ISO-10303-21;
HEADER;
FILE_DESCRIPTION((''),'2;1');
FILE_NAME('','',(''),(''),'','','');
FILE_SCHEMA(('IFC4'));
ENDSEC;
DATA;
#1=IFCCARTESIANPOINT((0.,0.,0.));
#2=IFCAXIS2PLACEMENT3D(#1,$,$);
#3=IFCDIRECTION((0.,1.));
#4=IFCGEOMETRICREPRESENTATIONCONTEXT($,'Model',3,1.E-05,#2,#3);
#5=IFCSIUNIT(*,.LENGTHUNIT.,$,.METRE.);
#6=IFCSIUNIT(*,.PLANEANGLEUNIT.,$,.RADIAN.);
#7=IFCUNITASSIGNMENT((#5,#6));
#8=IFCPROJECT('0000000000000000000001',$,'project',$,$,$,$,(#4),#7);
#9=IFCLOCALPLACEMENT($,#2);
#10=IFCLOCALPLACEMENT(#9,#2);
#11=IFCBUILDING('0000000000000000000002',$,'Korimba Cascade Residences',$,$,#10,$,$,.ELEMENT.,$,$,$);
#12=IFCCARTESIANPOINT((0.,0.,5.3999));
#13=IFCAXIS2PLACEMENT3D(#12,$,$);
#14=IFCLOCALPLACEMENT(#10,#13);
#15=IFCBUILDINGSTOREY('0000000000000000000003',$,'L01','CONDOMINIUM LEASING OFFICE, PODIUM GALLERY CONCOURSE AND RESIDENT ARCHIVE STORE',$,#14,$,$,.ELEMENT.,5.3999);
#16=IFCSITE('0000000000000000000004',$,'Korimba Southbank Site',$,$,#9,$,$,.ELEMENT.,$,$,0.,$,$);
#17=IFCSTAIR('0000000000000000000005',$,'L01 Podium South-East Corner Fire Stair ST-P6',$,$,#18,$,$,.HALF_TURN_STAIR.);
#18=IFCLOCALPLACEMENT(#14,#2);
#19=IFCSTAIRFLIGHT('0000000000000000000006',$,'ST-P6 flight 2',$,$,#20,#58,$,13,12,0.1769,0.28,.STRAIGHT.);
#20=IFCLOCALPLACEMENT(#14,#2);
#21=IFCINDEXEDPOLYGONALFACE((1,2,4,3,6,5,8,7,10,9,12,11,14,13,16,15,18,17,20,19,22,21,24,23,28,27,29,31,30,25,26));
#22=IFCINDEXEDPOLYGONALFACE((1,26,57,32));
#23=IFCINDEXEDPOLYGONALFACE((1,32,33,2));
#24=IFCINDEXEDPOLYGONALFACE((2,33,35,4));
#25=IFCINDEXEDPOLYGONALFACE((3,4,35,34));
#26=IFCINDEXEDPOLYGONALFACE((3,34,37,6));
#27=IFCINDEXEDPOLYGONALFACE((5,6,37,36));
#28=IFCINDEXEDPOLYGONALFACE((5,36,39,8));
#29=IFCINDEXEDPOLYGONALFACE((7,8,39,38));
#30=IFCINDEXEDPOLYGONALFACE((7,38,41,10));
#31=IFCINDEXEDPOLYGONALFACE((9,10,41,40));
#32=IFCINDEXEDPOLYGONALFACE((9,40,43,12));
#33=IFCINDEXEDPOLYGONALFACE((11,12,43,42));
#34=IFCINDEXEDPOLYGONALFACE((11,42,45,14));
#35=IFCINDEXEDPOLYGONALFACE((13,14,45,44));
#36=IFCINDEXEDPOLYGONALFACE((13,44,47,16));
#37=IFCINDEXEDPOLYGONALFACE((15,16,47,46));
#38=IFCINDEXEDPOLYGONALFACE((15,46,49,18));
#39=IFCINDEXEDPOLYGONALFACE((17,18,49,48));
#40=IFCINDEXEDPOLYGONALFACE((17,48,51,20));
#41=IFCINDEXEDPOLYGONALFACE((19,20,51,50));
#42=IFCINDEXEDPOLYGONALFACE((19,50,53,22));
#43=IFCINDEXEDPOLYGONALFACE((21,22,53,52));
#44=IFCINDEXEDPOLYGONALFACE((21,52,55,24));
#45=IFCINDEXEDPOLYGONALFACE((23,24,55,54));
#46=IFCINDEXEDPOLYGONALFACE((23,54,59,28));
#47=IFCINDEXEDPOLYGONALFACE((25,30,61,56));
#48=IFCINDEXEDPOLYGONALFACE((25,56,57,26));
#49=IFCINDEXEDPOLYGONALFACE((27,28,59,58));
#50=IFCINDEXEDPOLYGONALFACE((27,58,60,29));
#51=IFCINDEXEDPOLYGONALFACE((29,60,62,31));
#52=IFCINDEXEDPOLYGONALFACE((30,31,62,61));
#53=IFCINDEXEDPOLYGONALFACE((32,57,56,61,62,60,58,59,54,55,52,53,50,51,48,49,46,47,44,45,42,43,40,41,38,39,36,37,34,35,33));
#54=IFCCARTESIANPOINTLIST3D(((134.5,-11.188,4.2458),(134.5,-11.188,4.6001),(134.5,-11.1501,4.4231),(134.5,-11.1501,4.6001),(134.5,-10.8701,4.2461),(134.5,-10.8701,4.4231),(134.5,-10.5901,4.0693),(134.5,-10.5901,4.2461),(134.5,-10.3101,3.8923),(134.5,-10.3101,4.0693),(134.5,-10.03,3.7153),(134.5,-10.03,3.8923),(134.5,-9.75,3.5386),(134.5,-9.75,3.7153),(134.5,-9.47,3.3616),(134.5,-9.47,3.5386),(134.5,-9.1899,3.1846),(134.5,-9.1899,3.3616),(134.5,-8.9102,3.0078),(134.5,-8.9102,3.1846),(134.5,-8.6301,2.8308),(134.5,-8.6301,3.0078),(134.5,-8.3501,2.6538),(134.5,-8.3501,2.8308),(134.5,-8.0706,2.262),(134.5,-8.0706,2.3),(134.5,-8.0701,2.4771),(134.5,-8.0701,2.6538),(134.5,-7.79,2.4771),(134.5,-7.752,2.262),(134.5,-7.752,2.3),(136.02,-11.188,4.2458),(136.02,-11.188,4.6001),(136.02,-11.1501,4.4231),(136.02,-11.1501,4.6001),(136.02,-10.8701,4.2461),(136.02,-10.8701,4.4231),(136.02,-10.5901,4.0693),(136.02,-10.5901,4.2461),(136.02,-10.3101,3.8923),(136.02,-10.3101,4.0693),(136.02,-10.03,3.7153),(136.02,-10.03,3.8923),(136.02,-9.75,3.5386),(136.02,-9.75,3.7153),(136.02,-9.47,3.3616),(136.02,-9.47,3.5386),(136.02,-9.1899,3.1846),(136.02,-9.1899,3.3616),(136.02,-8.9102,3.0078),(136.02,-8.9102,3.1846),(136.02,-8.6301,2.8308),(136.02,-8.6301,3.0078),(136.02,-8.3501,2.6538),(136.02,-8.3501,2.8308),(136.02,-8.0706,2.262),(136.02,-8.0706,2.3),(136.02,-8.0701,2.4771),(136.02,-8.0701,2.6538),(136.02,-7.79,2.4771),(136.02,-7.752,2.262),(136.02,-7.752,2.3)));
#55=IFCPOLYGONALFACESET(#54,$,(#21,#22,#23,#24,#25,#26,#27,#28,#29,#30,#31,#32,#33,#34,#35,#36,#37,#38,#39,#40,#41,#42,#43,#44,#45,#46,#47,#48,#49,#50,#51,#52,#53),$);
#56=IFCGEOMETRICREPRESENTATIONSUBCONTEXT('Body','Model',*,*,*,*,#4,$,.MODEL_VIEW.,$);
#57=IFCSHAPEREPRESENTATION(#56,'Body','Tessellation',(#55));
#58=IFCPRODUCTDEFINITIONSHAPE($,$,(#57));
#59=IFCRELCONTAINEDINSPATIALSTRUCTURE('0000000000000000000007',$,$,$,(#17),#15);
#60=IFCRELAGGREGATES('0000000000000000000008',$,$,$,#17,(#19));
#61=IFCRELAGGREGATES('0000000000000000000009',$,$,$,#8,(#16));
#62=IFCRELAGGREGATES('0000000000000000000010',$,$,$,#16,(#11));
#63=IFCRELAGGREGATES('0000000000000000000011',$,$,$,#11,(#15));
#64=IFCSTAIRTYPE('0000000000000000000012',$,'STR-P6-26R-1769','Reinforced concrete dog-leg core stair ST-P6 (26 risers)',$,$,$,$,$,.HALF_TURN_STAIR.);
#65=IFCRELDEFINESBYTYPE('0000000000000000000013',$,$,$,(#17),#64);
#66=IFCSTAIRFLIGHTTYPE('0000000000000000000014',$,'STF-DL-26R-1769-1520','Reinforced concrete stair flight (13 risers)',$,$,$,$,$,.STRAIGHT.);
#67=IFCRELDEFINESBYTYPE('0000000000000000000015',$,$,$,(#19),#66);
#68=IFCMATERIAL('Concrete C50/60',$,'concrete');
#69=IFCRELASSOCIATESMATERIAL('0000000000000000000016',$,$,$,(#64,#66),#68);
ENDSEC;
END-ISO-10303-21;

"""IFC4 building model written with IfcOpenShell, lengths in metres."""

from ifc_helpers import new_model, si_unit, direction, frame, origin, place, context, subcontext, project, spatial, polyline, outline, extrude, material, type_object, element, aggregate, save


model = new_model("IFC4")

# Units and contexts
model_context = context("Model", 3, precision=1e-05, world=origin(), true_north=direction((0.0, 1.0)))
body_context = subcontext(model_context, "Body", "Model", "MODEL_VIEW")
ifc_project = project(units=[si_unit("LENGTHUNIT", "METRE"), si_unit("PLANEANGLEUNIT", "RADIAN")], contexts=[model_context])

# Site, building, storey
site_placement = place(None, origin())
site = spatial("IfcSite", under=ifc_project, at=site_placement, Name="Korimba Southbank Site", CompositionType="ELEMENT", RefElevation=0.0)
building_placement = place(site_placement, origin())
building = spatial("IfcBuilding", under=site, at=building_placement, Name="Korimba Cascade Residences", CompositionType="ELEMENT")
storey_placement = place(building_placement, frame((0.0, 0.0, 5.3999)))
storey = spatial("IfcBuildingStorey", under=building, at=storey_placement, Name="L01", Description="CONDOMINIUM LEASING OFFICE, PODIUM GALLERY CONCOURSE AND RESIDENT ARCHIVE STORE", CompositionType="ELEMENT", Elevation=5.3999)

# Shared definitions
ifc_material_1 = material(Name="Concrete C50/60", Category="concrete")

# Stair, stair flight
stair_type = type_object("IfcStairType", Name="STR-P6-26R-1769", Description="Reinforced concrete dog-leg core stair ST-P6 (26 risers)", PredefinedType="HALF_TURN_STAIR", material=ifc_material_1)
stair_placement = place(storey_placement, origin())
stair = element("IfcStair", 1, at=stair_placement, inside=storey, type_object=stair_type, Name="L01 Podium South-East Corner Fire Stair ST-P6", PredefinedType="HALF_TURN_STAIR")
stair_flight_type = type_object("IfcStairFlightType", Name="STF-DL-26R-1769-1520", Description="Reinforced concrete stair flight (13 risers)", PredefinedType="STRAIGHT", material=ifc_material_1)
stair_flight_1_placement = place(storey_placement, frame((135.26, -7.79, 2.3), z_axis=(0.0, 0.0, 1.0), x_axis=(0.0, -1.0, 0.0)))
stair_flight_1 = element("IfcStairFlight", 2, at=stair_flight_1_placement, type_object=stair_flight_type, Name="ST-P6 flight 2", NumberOfRisers=13, NumberOfTreads=12, PredefinedType="STRAIGHT", RiserHeight=0.1769, TreadLength=0.28, context=body_context, shape_type="SweptSolid", body=[
    extrude(outline(polyline([(-0.0381, 0.0), (0.0, 0.177), (0.28, 0.177), (0.28, 0.3538), (0.5601, 0.3538), (0.5601, 0.5308), (0.8401, 0.5308), (0.8401, 0.7078), (1.1201, 0.7078), (1.1201, 0.8845), (1.3999, 0.8845), (1.3999, 1.0615), (1.6799, 1.0615), (1.6799, 1.2385), (1.96, 1.2385), (1.96, 1.4153), (2.24, 1.4153), (2.24, 1.5923), (2.52, 1.5923), (2.52, 1.7693), (2.8, 1.7693), (2.8, 1.946), (3.0801, 1.946), (3.0801, 2.123), (3.3601, 2.123), (3.3601, 2.3), (3.3979, 2.3), (3.3979, 1.9458), (0.2805, 0.0), (0.2805, -0.0381), (-0.0381, -0.0381), (-0.0381, 0.0)])), frame((0.0, 0.76, 0.0), z_axis=(0.0, -1.0, 0.0), x_axis=(1.0, 0.0, 0.0)), (0.0, 0.0, 1.0), 1.52),
])
aggregate(stair, [stair_flight_1])

save(model, "model.ifc")
